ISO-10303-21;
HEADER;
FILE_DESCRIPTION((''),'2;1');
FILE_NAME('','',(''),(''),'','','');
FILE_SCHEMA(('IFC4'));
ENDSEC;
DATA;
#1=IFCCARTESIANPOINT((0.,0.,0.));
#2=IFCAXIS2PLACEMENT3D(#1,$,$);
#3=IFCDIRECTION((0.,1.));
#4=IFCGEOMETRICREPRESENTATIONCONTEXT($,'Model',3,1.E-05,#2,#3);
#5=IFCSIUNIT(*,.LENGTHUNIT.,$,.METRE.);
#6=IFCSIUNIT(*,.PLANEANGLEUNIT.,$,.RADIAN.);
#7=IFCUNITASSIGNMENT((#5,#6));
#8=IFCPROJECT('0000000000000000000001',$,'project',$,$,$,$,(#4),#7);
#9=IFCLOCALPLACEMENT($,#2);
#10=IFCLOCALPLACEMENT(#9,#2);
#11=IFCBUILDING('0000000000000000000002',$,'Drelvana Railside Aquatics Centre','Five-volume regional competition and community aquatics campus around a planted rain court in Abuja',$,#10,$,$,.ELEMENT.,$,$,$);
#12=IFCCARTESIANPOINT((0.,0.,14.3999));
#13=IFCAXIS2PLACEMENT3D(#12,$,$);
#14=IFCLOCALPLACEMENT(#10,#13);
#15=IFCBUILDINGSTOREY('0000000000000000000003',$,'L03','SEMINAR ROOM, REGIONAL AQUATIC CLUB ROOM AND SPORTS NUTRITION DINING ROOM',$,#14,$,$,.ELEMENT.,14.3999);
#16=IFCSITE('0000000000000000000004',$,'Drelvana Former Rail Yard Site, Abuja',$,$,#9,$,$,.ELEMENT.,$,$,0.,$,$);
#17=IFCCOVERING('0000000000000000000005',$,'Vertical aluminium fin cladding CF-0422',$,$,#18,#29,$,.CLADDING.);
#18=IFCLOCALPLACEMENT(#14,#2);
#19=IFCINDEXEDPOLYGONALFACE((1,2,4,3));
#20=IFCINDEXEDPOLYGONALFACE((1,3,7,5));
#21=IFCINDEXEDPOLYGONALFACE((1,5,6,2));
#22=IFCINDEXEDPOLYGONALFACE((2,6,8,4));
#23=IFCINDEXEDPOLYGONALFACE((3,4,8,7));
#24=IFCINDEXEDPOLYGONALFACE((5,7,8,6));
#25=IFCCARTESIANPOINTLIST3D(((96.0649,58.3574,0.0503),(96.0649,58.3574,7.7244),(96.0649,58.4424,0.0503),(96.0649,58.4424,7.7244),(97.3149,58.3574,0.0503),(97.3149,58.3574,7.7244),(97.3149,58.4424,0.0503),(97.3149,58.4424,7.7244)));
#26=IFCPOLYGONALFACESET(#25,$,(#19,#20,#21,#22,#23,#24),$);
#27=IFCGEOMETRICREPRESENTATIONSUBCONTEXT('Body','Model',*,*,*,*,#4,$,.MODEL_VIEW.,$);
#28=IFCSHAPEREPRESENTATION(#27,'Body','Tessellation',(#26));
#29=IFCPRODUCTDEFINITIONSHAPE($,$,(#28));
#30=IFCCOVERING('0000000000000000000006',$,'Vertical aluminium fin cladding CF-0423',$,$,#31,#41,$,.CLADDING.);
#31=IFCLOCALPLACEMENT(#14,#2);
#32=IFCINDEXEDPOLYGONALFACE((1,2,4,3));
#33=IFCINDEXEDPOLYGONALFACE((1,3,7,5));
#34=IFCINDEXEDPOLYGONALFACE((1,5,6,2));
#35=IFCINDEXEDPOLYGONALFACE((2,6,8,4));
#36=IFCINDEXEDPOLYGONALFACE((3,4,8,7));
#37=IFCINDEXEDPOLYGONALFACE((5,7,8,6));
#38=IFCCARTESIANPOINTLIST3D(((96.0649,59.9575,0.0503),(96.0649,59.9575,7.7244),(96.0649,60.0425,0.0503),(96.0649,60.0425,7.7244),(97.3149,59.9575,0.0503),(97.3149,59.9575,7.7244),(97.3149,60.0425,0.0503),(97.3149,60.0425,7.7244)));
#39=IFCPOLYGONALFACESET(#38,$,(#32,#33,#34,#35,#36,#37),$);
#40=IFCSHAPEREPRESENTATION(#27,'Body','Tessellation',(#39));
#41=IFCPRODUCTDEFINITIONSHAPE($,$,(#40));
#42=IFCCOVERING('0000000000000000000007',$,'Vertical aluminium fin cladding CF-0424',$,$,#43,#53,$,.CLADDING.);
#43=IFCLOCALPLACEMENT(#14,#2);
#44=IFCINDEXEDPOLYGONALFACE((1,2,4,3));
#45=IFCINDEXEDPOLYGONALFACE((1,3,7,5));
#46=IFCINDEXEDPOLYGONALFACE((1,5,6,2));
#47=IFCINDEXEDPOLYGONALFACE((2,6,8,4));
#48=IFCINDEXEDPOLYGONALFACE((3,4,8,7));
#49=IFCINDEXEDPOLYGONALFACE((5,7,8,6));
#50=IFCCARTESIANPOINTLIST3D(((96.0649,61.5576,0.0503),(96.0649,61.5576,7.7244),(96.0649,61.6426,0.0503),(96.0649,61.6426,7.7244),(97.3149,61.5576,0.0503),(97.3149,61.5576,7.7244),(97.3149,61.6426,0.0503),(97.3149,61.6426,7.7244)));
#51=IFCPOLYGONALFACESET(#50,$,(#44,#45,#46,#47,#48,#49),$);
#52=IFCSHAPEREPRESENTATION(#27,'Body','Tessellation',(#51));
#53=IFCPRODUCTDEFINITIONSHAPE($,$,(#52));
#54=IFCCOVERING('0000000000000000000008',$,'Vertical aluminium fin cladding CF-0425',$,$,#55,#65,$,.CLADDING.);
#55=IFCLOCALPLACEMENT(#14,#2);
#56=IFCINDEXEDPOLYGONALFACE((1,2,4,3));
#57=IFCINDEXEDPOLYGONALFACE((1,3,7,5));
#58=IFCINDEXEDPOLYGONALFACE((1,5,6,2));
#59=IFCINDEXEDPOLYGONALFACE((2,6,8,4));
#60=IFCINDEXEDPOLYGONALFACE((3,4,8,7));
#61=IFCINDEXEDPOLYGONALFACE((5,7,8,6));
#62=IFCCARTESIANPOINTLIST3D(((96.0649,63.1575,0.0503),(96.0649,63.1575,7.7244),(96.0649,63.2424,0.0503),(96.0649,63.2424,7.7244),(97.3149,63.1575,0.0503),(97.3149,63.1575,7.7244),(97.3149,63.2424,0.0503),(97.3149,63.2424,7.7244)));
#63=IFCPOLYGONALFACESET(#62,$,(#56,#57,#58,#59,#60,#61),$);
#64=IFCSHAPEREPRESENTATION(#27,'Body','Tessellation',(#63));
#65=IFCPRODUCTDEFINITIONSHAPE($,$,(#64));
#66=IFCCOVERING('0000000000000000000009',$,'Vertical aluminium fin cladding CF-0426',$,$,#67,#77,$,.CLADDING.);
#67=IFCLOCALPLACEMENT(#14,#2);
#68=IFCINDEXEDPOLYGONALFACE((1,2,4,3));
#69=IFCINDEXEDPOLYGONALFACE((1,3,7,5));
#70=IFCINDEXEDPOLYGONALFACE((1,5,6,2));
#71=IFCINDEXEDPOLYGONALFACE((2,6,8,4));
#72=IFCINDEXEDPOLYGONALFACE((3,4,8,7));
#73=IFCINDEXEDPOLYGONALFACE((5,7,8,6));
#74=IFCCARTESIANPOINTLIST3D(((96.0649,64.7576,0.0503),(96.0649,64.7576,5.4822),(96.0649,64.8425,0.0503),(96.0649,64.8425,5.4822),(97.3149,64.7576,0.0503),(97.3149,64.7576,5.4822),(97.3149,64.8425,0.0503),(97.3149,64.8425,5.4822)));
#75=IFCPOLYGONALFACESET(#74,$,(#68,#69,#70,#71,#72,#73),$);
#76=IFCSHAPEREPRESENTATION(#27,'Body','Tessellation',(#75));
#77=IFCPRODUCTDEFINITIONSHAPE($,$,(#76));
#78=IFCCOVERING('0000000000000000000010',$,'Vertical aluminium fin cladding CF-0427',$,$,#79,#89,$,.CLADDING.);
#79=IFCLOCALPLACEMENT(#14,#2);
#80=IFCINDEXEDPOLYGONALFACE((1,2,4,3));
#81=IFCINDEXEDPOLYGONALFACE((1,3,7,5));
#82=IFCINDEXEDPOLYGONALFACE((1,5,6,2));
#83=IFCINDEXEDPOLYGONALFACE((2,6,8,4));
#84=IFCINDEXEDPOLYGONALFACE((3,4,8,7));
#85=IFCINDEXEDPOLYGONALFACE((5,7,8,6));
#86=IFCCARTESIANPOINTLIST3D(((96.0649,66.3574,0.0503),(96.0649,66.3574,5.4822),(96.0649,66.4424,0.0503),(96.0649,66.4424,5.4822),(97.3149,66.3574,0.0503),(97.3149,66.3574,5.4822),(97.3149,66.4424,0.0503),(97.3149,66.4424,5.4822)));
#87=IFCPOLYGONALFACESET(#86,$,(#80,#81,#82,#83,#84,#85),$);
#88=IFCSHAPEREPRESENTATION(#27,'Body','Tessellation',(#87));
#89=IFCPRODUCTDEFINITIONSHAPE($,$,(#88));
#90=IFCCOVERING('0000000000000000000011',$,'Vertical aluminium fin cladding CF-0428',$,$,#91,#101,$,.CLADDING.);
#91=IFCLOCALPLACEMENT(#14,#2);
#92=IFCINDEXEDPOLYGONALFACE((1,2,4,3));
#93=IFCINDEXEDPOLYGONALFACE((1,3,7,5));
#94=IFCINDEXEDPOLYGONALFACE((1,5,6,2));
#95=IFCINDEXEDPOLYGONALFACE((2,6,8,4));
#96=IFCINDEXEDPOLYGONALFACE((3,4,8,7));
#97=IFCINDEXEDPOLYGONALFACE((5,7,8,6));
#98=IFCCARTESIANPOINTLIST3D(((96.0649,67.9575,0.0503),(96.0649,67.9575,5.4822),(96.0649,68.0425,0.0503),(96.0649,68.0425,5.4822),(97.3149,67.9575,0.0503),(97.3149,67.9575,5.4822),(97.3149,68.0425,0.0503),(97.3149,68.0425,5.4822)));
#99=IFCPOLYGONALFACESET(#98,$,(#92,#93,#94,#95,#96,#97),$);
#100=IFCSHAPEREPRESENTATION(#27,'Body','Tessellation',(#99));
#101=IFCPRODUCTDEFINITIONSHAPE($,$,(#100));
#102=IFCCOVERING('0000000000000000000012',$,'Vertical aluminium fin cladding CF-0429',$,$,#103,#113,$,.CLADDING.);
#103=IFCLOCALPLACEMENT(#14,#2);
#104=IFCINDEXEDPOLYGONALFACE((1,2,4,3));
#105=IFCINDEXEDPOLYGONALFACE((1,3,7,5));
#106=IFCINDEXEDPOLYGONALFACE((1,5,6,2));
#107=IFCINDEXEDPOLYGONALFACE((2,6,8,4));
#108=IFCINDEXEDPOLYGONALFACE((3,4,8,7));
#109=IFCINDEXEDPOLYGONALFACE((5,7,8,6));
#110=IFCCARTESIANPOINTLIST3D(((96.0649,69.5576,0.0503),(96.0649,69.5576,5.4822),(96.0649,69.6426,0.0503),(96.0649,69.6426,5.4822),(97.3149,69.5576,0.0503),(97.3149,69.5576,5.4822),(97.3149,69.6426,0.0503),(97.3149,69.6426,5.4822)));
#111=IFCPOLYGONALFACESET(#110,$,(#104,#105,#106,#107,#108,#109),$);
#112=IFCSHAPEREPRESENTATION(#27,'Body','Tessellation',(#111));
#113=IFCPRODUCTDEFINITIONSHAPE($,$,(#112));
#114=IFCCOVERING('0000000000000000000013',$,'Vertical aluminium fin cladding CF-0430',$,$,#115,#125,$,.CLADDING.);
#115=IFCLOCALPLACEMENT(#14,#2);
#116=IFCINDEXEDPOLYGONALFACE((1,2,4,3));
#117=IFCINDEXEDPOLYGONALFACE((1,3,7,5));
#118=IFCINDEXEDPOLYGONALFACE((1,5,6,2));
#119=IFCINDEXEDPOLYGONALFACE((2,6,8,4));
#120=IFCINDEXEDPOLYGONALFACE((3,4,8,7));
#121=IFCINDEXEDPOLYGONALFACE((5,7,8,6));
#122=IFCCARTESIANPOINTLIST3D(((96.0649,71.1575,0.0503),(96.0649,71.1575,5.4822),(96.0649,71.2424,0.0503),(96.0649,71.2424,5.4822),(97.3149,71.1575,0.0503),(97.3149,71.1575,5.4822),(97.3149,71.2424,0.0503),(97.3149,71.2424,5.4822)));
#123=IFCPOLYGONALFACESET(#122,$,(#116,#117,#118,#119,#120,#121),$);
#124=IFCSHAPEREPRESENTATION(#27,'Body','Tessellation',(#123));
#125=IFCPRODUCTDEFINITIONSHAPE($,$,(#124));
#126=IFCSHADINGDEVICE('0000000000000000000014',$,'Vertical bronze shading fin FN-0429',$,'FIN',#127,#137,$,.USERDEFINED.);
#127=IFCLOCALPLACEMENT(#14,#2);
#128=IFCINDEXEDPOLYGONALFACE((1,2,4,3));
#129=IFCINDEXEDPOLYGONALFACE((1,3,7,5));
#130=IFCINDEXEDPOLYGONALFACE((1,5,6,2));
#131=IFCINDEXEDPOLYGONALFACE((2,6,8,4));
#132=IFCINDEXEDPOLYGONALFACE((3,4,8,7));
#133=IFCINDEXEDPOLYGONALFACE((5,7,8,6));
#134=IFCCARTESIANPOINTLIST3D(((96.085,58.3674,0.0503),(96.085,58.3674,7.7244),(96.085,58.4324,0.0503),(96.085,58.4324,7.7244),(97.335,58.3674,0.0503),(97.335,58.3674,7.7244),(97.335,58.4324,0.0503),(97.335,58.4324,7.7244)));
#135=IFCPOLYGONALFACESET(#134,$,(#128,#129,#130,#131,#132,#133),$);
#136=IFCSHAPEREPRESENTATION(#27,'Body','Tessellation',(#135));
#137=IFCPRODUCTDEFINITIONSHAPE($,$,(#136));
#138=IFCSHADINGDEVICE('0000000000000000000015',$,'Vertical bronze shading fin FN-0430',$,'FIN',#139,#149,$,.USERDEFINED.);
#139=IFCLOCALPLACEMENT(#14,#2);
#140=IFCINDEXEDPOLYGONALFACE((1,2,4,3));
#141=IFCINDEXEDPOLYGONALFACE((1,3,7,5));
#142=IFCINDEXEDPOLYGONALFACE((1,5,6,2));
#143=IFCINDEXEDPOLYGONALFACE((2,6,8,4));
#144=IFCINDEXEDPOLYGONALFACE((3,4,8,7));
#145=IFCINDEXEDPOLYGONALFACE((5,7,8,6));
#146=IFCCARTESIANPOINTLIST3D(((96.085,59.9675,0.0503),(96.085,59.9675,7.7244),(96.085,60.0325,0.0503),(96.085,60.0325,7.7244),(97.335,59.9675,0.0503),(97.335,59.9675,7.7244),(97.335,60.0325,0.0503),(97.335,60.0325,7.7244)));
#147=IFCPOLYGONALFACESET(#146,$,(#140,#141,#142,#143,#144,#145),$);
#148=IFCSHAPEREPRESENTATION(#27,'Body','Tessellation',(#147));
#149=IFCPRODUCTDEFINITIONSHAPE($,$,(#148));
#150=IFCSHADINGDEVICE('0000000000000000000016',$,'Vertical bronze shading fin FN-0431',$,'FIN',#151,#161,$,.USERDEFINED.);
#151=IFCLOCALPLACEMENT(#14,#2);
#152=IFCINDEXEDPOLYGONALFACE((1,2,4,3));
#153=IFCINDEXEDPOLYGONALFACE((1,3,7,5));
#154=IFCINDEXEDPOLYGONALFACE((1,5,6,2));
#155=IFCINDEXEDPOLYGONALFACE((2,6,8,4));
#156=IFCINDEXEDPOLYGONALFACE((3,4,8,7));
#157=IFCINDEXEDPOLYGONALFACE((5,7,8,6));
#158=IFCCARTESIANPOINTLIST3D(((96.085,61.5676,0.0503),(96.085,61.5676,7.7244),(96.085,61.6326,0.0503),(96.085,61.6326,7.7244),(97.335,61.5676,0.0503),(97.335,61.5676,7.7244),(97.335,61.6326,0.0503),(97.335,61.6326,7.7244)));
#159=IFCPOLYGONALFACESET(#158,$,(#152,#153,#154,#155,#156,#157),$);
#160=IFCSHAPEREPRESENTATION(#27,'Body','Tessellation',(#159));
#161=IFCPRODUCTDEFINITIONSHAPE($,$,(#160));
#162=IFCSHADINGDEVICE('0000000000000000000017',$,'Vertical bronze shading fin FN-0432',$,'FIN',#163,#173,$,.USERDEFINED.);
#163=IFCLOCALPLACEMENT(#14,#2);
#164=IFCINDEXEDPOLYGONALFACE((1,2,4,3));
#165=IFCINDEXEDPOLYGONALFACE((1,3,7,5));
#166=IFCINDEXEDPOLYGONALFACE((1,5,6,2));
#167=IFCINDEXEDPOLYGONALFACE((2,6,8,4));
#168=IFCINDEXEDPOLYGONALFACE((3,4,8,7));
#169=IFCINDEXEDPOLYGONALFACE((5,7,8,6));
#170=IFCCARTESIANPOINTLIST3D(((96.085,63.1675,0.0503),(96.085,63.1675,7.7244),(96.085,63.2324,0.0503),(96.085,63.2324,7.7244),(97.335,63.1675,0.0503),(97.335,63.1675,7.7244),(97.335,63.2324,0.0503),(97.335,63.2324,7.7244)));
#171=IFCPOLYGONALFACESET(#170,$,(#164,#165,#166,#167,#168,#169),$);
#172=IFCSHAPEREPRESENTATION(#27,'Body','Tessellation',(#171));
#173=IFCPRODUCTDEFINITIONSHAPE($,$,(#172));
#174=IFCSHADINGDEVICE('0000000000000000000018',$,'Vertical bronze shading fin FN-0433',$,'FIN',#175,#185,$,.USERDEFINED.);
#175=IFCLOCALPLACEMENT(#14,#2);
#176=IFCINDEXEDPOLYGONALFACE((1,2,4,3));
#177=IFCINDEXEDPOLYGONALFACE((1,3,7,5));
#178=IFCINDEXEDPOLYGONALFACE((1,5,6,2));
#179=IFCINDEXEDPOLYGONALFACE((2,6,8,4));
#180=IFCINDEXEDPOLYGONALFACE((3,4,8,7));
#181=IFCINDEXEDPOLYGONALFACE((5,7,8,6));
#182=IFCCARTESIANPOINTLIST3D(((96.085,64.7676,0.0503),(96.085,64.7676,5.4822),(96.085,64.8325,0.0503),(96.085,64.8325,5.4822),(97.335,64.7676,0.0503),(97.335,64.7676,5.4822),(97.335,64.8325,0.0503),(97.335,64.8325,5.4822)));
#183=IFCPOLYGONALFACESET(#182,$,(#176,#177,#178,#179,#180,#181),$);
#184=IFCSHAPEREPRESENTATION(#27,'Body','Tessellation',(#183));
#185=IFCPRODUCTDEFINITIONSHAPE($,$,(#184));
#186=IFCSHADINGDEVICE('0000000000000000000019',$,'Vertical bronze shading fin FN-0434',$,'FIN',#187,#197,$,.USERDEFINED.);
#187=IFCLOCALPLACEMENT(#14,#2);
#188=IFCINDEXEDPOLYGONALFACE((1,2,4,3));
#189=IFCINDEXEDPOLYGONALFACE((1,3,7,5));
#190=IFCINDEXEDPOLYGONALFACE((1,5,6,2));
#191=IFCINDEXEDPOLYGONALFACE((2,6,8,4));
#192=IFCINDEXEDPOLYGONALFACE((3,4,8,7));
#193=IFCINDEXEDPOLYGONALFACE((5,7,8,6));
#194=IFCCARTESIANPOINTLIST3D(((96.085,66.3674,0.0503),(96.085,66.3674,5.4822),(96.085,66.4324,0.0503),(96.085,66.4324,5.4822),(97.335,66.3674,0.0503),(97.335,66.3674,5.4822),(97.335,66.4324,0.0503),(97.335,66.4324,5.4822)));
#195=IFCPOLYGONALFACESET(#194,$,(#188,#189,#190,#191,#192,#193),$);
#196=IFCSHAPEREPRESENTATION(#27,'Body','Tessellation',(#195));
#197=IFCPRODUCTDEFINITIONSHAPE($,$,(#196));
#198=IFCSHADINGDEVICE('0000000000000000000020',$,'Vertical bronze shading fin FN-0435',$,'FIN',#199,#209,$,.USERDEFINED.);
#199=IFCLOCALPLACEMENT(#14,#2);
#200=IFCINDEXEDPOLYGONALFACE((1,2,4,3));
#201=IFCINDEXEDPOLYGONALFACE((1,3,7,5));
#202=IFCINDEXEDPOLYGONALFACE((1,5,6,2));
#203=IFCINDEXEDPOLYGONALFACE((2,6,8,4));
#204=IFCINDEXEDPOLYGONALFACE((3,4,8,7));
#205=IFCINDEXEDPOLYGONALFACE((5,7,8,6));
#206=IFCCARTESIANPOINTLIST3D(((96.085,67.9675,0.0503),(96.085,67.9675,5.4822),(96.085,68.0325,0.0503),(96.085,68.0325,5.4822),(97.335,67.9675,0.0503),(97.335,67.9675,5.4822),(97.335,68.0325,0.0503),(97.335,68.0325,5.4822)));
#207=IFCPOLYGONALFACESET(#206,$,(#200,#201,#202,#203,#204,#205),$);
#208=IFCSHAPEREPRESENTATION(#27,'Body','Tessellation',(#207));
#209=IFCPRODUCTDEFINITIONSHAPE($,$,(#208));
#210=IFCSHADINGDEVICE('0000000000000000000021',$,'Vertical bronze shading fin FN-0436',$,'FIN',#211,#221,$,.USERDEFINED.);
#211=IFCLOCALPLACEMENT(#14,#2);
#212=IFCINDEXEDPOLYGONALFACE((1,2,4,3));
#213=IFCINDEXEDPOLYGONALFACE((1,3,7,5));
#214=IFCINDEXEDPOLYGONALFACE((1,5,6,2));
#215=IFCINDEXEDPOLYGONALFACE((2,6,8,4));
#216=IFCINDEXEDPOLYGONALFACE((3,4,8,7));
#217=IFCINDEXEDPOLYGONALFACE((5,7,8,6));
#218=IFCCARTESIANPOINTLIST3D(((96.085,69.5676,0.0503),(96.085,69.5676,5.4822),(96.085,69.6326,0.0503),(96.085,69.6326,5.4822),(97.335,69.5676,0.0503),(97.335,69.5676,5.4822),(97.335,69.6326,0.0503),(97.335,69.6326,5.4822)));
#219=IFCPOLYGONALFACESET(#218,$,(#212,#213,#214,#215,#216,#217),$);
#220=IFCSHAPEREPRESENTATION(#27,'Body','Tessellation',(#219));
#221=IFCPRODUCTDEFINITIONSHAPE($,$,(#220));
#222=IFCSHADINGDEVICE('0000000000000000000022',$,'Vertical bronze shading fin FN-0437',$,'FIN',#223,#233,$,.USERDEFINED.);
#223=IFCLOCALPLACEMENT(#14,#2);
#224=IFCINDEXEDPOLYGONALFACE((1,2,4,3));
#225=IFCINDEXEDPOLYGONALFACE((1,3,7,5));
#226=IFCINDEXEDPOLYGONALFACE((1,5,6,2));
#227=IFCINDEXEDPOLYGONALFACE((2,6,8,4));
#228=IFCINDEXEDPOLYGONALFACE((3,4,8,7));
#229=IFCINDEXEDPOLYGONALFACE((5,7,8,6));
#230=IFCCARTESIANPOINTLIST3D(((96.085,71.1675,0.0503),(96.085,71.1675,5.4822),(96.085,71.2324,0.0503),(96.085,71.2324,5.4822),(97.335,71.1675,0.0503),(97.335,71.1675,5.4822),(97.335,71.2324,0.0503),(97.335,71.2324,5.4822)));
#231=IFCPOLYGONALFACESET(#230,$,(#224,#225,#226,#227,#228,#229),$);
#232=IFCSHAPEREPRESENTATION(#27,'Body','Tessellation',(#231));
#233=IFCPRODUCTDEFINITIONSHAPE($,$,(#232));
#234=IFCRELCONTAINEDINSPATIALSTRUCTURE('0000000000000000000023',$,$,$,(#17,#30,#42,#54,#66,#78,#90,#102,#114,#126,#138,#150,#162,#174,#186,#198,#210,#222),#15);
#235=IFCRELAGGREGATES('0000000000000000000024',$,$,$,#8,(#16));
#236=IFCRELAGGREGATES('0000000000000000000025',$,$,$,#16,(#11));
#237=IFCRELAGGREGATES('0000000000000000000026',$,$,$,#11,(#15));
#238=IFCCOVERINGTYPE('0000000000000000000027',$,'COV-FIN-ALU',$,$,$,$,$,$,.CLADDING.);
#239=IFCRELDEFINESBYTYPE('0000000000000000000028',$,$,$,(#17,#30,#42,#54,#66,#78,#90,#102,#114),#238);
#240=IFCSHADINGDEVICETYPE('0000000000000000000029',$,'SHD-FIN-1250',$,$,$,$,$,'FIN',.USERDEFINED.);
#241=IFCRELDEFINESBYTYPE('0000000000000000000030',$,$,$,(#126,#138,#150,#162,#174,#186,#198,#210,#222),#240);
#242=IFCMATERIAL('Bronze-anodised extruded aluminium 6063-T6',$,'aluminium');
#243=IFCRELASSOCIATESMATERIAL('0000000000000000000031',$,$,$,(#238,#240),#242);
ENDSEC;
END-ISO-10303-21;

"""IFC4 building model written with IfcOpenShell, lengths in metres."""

from ifc_helpers import new_model, si_unit, direction, frame, origin, origin_2d, place, context, subcontext, project, spatial, rectangle, extrude, material, type_object, element, save


model = new_model("IFC4")

# Units and contexts
model_context = context("Model", 3, precision=1e-05, world=origin(), true_north=direction((0.0, 1.0)))
body_context = subcontext(model_context, "Body", "Model", "MODEL_VIEW")
ifc_project = project(units=[si_unit("LENGTHUNIT", "METRE"), si_unit("PLANEANGLEUNIT", "RADIAN")], contexts=[model_context])

# Site, building, storey
site_placement = place(None, origin())
site = spatial("IfcSite", under=ifc_project, at=site_placement, Name="Drelvana Former Rail Yard Site, Abuja", CompositionType="ELEMENT", RefElevation=0.0)
building_placement = place(site_placement, origin())
building = spatial("IfcBuilding", under=site, at=building_placement, Name="Drelvana Railside Aquatics Centre", Description="Five-volume regional competition and community aquatics campus around a planted rain court in Abuja", CompositionType="ELEMENT")
storey_placement = place(building_placement, frame((0.0, 0.0, 14.3999)))
storey = spatial("IfcBuildingStorey", under=building, at=storey_placement, Name="L03", Description="SEMINAR ROOM, REGIONAL AQUATIC CLUB ROOM AND SPORTS NUTRITION DINING ROOM", CompositionType="ELEMENT", Elevation=14.3999)

# Coverings
ifc_material_1 = material(Name="Bronze-anodised extruded aluminium 6063-T6", Category="aluminium")
covering_type = type_object("IfcCoveringType", Name="COV-FIN-ALU", PredefinedType="CLADDING", material=ifc_material_1)
for number, where, z_axis, x_axis, name in (
    (1, (96.6899, 58.3999, 0.0503), (0.0, 0.0, 1.0), (0.0, -1.0, 0.0), "Vertical aluminium fin cladding CF-0422"),
    (2, (96.6899, 60.0, 0.0503), (0.0, 0.0, 1.0), (0.0, -1.0, 0.0), "Vertical aluminium fin cladding CF-0423"),
    (3, (96.6899, 61.6001, 0.0503), (0.0, 0.0, 1.0), (0.0, -1.0, 0.0), "Vertical aluminium fin cladding CF-0424"),
    (4, (96.6899, 63.2, 0.0503), (0.0, 0.0, 1.0), (0.0, -1.0, 0.0), "Vertical aluminium fin cladding CF-0425"),
):
    element("IfcCovering", number, at=place(storey_placement, frame(where, z_axis=z_axis, x_axis=x_axis)), inside=storey, type_object=covering_type, Name=name, PredefinedType="CLADDING", context=body_context, shape_type="SweptSolid", body=[
        extrude(rectangle(XDim=0.085, YDim=1.25, at=origin_2d()), origin(), (0.0, 0.0, 1.0), 7.6741),
    ])
for number, where, z_axis, x_axis, name in (
    (5, (96.6899, 64.8, 0.0503), (0.0, 0.0, 1.0), (0.0, -1.0, 0.0), "Vertical aluminium fin cladding CF-0426"),
    (6, (96.6899, 66.3999, 0.0503), (0.0, 0.0, 1.0), (0.0, -1.0, 0.0), "Vertical aluminium fin cladding CF-0427"),
    (7, (96.6899, 68.0, 0.0503), (0.0, 0.0, 1.0), (0.0, -1.0, 0.0), "Vertical aluminium fin cladding CF-0428"),
    (8, (96.6899, 69.6001, 0.0503), (0.0, 0.0, 1.0), (0.0, -1.0, 0.0), "Vertical aluminium fin cladding CF-0429"),
    (9, (96.6899, 71.2, 0.0503), (0.0, 0.0, 1.0), (0.0, -1.0, 0.0), "Vertical aluminium fin cladding CF-0430"),
):
    element("IfcCovering", number, at=place(storey_placement, frame(where, z_axis=z_axis, x_axis=x_axis)), inside=storey, type_object=covering_type, Name=name, PredefinedType="CLADDING", context=body_context, shape_type="SweptSolid", body=[
        extrude(rectangle(XDim=0.085, YDim=1.25, at=origin_2d()), origin(), (0.0, 0.0, 1.0), 5.4319),
    ])

# Shading devices
shading_device_type = type_object("IfcShadingDeviceType", Name="SHD-FIN-1250", ElementType="FIN", PredefinedType="USERDEFINED", material=ifc_material_1)
for number, where, z_axis, x_axis, name in (
    (10, (96.71, 58.3999, 0.0503), (0.0, 0.0, 1.0), (1.0, 0.0, 0.0), "Vertical bronze shading fin FN-0429"),
    (11, (96.71, 60.0, 0.0503), (0.0, 0.0, 1.0), (1.0, 0.0, 0.0), "Vertical bronze shading fin FN-0430"),
    (12, (96.71, 61.6001, 0.0503), (0.0, 0.0, 1.0), (1.0, 0.0, 0.0), "Vertical bronze shading fin FN-0431"),
    (13, (96.71, 63.2, 0.0503), (0.0, 0.0, 1.0), (1.0, 0.0, 0.0), "Vertical bronze shading fin FN-0432"),
):
    element("IfcShadingDevice", number, at=place(storey_placement, frame(where, z_axis=z_axis, x_axis=x_axis)), inside=storey, type_object=shading_device_type, Name=name, ObjectType="FIN", PredefinedType="USERDEFINED", context=body_context, shape_type="SweptSolid", body=[
        extrude(rectangle(XDim=1.25, YDim=0.0649, at=origin_2d()), origin(), (0.0, 0.0, 1.0), 7.6741),
    ])
for number, where, z_axis, x_axis, name in (
    (14, (96.71, 64.8, 0.0503), (0.0, 0.0, 1.0), (1.0, 0.0, 0.0), "Vertical bronze shading fin FN-0433"),
    (15, (96.71, 66.3999, 0.0503), (0.0, 0.0, 1.0), (1.0, 0.0, 0.0), "Vertical bronze shading fin FN-0434"),
    (16, (96.71, 68.0, 0.0503), (0.0, 0.0, 1.0), (1.0, 0.0, 0.0), "Vertical bronze shading fin FN-0435"),
    (17, (96.71, 69.6001, 0.0503), (0.0, 0.0, 1.0), (1.0, 0.0, 0.0), "Vertical bronze shading fin FN-0436"),
    (18, (96.71, 71.2, 0.0503), (0.0, 0.0, 1.0), (1.0, 0.0, 0.0), "Vertical bronze shading fin FN-0437"),
):
    element("IfcShadingDevice", number, at=place(storey_placement, frame(where, z_axis=z_axis, x_axis=x_axis)), inside=storey, type_object=shading_device_type, Name=name, ObjectType="FIN", PredefinedType="USERDEFINED", context=body_context, shape_type="SweptSolid", body=[
        extrude(rectangle(XDim=1.25, YDim=0.0649, at=origin_2d()), origin(), (0.0, 0.0, 1.0), 5.4319),
    ])

save(model, "model.ifc")
